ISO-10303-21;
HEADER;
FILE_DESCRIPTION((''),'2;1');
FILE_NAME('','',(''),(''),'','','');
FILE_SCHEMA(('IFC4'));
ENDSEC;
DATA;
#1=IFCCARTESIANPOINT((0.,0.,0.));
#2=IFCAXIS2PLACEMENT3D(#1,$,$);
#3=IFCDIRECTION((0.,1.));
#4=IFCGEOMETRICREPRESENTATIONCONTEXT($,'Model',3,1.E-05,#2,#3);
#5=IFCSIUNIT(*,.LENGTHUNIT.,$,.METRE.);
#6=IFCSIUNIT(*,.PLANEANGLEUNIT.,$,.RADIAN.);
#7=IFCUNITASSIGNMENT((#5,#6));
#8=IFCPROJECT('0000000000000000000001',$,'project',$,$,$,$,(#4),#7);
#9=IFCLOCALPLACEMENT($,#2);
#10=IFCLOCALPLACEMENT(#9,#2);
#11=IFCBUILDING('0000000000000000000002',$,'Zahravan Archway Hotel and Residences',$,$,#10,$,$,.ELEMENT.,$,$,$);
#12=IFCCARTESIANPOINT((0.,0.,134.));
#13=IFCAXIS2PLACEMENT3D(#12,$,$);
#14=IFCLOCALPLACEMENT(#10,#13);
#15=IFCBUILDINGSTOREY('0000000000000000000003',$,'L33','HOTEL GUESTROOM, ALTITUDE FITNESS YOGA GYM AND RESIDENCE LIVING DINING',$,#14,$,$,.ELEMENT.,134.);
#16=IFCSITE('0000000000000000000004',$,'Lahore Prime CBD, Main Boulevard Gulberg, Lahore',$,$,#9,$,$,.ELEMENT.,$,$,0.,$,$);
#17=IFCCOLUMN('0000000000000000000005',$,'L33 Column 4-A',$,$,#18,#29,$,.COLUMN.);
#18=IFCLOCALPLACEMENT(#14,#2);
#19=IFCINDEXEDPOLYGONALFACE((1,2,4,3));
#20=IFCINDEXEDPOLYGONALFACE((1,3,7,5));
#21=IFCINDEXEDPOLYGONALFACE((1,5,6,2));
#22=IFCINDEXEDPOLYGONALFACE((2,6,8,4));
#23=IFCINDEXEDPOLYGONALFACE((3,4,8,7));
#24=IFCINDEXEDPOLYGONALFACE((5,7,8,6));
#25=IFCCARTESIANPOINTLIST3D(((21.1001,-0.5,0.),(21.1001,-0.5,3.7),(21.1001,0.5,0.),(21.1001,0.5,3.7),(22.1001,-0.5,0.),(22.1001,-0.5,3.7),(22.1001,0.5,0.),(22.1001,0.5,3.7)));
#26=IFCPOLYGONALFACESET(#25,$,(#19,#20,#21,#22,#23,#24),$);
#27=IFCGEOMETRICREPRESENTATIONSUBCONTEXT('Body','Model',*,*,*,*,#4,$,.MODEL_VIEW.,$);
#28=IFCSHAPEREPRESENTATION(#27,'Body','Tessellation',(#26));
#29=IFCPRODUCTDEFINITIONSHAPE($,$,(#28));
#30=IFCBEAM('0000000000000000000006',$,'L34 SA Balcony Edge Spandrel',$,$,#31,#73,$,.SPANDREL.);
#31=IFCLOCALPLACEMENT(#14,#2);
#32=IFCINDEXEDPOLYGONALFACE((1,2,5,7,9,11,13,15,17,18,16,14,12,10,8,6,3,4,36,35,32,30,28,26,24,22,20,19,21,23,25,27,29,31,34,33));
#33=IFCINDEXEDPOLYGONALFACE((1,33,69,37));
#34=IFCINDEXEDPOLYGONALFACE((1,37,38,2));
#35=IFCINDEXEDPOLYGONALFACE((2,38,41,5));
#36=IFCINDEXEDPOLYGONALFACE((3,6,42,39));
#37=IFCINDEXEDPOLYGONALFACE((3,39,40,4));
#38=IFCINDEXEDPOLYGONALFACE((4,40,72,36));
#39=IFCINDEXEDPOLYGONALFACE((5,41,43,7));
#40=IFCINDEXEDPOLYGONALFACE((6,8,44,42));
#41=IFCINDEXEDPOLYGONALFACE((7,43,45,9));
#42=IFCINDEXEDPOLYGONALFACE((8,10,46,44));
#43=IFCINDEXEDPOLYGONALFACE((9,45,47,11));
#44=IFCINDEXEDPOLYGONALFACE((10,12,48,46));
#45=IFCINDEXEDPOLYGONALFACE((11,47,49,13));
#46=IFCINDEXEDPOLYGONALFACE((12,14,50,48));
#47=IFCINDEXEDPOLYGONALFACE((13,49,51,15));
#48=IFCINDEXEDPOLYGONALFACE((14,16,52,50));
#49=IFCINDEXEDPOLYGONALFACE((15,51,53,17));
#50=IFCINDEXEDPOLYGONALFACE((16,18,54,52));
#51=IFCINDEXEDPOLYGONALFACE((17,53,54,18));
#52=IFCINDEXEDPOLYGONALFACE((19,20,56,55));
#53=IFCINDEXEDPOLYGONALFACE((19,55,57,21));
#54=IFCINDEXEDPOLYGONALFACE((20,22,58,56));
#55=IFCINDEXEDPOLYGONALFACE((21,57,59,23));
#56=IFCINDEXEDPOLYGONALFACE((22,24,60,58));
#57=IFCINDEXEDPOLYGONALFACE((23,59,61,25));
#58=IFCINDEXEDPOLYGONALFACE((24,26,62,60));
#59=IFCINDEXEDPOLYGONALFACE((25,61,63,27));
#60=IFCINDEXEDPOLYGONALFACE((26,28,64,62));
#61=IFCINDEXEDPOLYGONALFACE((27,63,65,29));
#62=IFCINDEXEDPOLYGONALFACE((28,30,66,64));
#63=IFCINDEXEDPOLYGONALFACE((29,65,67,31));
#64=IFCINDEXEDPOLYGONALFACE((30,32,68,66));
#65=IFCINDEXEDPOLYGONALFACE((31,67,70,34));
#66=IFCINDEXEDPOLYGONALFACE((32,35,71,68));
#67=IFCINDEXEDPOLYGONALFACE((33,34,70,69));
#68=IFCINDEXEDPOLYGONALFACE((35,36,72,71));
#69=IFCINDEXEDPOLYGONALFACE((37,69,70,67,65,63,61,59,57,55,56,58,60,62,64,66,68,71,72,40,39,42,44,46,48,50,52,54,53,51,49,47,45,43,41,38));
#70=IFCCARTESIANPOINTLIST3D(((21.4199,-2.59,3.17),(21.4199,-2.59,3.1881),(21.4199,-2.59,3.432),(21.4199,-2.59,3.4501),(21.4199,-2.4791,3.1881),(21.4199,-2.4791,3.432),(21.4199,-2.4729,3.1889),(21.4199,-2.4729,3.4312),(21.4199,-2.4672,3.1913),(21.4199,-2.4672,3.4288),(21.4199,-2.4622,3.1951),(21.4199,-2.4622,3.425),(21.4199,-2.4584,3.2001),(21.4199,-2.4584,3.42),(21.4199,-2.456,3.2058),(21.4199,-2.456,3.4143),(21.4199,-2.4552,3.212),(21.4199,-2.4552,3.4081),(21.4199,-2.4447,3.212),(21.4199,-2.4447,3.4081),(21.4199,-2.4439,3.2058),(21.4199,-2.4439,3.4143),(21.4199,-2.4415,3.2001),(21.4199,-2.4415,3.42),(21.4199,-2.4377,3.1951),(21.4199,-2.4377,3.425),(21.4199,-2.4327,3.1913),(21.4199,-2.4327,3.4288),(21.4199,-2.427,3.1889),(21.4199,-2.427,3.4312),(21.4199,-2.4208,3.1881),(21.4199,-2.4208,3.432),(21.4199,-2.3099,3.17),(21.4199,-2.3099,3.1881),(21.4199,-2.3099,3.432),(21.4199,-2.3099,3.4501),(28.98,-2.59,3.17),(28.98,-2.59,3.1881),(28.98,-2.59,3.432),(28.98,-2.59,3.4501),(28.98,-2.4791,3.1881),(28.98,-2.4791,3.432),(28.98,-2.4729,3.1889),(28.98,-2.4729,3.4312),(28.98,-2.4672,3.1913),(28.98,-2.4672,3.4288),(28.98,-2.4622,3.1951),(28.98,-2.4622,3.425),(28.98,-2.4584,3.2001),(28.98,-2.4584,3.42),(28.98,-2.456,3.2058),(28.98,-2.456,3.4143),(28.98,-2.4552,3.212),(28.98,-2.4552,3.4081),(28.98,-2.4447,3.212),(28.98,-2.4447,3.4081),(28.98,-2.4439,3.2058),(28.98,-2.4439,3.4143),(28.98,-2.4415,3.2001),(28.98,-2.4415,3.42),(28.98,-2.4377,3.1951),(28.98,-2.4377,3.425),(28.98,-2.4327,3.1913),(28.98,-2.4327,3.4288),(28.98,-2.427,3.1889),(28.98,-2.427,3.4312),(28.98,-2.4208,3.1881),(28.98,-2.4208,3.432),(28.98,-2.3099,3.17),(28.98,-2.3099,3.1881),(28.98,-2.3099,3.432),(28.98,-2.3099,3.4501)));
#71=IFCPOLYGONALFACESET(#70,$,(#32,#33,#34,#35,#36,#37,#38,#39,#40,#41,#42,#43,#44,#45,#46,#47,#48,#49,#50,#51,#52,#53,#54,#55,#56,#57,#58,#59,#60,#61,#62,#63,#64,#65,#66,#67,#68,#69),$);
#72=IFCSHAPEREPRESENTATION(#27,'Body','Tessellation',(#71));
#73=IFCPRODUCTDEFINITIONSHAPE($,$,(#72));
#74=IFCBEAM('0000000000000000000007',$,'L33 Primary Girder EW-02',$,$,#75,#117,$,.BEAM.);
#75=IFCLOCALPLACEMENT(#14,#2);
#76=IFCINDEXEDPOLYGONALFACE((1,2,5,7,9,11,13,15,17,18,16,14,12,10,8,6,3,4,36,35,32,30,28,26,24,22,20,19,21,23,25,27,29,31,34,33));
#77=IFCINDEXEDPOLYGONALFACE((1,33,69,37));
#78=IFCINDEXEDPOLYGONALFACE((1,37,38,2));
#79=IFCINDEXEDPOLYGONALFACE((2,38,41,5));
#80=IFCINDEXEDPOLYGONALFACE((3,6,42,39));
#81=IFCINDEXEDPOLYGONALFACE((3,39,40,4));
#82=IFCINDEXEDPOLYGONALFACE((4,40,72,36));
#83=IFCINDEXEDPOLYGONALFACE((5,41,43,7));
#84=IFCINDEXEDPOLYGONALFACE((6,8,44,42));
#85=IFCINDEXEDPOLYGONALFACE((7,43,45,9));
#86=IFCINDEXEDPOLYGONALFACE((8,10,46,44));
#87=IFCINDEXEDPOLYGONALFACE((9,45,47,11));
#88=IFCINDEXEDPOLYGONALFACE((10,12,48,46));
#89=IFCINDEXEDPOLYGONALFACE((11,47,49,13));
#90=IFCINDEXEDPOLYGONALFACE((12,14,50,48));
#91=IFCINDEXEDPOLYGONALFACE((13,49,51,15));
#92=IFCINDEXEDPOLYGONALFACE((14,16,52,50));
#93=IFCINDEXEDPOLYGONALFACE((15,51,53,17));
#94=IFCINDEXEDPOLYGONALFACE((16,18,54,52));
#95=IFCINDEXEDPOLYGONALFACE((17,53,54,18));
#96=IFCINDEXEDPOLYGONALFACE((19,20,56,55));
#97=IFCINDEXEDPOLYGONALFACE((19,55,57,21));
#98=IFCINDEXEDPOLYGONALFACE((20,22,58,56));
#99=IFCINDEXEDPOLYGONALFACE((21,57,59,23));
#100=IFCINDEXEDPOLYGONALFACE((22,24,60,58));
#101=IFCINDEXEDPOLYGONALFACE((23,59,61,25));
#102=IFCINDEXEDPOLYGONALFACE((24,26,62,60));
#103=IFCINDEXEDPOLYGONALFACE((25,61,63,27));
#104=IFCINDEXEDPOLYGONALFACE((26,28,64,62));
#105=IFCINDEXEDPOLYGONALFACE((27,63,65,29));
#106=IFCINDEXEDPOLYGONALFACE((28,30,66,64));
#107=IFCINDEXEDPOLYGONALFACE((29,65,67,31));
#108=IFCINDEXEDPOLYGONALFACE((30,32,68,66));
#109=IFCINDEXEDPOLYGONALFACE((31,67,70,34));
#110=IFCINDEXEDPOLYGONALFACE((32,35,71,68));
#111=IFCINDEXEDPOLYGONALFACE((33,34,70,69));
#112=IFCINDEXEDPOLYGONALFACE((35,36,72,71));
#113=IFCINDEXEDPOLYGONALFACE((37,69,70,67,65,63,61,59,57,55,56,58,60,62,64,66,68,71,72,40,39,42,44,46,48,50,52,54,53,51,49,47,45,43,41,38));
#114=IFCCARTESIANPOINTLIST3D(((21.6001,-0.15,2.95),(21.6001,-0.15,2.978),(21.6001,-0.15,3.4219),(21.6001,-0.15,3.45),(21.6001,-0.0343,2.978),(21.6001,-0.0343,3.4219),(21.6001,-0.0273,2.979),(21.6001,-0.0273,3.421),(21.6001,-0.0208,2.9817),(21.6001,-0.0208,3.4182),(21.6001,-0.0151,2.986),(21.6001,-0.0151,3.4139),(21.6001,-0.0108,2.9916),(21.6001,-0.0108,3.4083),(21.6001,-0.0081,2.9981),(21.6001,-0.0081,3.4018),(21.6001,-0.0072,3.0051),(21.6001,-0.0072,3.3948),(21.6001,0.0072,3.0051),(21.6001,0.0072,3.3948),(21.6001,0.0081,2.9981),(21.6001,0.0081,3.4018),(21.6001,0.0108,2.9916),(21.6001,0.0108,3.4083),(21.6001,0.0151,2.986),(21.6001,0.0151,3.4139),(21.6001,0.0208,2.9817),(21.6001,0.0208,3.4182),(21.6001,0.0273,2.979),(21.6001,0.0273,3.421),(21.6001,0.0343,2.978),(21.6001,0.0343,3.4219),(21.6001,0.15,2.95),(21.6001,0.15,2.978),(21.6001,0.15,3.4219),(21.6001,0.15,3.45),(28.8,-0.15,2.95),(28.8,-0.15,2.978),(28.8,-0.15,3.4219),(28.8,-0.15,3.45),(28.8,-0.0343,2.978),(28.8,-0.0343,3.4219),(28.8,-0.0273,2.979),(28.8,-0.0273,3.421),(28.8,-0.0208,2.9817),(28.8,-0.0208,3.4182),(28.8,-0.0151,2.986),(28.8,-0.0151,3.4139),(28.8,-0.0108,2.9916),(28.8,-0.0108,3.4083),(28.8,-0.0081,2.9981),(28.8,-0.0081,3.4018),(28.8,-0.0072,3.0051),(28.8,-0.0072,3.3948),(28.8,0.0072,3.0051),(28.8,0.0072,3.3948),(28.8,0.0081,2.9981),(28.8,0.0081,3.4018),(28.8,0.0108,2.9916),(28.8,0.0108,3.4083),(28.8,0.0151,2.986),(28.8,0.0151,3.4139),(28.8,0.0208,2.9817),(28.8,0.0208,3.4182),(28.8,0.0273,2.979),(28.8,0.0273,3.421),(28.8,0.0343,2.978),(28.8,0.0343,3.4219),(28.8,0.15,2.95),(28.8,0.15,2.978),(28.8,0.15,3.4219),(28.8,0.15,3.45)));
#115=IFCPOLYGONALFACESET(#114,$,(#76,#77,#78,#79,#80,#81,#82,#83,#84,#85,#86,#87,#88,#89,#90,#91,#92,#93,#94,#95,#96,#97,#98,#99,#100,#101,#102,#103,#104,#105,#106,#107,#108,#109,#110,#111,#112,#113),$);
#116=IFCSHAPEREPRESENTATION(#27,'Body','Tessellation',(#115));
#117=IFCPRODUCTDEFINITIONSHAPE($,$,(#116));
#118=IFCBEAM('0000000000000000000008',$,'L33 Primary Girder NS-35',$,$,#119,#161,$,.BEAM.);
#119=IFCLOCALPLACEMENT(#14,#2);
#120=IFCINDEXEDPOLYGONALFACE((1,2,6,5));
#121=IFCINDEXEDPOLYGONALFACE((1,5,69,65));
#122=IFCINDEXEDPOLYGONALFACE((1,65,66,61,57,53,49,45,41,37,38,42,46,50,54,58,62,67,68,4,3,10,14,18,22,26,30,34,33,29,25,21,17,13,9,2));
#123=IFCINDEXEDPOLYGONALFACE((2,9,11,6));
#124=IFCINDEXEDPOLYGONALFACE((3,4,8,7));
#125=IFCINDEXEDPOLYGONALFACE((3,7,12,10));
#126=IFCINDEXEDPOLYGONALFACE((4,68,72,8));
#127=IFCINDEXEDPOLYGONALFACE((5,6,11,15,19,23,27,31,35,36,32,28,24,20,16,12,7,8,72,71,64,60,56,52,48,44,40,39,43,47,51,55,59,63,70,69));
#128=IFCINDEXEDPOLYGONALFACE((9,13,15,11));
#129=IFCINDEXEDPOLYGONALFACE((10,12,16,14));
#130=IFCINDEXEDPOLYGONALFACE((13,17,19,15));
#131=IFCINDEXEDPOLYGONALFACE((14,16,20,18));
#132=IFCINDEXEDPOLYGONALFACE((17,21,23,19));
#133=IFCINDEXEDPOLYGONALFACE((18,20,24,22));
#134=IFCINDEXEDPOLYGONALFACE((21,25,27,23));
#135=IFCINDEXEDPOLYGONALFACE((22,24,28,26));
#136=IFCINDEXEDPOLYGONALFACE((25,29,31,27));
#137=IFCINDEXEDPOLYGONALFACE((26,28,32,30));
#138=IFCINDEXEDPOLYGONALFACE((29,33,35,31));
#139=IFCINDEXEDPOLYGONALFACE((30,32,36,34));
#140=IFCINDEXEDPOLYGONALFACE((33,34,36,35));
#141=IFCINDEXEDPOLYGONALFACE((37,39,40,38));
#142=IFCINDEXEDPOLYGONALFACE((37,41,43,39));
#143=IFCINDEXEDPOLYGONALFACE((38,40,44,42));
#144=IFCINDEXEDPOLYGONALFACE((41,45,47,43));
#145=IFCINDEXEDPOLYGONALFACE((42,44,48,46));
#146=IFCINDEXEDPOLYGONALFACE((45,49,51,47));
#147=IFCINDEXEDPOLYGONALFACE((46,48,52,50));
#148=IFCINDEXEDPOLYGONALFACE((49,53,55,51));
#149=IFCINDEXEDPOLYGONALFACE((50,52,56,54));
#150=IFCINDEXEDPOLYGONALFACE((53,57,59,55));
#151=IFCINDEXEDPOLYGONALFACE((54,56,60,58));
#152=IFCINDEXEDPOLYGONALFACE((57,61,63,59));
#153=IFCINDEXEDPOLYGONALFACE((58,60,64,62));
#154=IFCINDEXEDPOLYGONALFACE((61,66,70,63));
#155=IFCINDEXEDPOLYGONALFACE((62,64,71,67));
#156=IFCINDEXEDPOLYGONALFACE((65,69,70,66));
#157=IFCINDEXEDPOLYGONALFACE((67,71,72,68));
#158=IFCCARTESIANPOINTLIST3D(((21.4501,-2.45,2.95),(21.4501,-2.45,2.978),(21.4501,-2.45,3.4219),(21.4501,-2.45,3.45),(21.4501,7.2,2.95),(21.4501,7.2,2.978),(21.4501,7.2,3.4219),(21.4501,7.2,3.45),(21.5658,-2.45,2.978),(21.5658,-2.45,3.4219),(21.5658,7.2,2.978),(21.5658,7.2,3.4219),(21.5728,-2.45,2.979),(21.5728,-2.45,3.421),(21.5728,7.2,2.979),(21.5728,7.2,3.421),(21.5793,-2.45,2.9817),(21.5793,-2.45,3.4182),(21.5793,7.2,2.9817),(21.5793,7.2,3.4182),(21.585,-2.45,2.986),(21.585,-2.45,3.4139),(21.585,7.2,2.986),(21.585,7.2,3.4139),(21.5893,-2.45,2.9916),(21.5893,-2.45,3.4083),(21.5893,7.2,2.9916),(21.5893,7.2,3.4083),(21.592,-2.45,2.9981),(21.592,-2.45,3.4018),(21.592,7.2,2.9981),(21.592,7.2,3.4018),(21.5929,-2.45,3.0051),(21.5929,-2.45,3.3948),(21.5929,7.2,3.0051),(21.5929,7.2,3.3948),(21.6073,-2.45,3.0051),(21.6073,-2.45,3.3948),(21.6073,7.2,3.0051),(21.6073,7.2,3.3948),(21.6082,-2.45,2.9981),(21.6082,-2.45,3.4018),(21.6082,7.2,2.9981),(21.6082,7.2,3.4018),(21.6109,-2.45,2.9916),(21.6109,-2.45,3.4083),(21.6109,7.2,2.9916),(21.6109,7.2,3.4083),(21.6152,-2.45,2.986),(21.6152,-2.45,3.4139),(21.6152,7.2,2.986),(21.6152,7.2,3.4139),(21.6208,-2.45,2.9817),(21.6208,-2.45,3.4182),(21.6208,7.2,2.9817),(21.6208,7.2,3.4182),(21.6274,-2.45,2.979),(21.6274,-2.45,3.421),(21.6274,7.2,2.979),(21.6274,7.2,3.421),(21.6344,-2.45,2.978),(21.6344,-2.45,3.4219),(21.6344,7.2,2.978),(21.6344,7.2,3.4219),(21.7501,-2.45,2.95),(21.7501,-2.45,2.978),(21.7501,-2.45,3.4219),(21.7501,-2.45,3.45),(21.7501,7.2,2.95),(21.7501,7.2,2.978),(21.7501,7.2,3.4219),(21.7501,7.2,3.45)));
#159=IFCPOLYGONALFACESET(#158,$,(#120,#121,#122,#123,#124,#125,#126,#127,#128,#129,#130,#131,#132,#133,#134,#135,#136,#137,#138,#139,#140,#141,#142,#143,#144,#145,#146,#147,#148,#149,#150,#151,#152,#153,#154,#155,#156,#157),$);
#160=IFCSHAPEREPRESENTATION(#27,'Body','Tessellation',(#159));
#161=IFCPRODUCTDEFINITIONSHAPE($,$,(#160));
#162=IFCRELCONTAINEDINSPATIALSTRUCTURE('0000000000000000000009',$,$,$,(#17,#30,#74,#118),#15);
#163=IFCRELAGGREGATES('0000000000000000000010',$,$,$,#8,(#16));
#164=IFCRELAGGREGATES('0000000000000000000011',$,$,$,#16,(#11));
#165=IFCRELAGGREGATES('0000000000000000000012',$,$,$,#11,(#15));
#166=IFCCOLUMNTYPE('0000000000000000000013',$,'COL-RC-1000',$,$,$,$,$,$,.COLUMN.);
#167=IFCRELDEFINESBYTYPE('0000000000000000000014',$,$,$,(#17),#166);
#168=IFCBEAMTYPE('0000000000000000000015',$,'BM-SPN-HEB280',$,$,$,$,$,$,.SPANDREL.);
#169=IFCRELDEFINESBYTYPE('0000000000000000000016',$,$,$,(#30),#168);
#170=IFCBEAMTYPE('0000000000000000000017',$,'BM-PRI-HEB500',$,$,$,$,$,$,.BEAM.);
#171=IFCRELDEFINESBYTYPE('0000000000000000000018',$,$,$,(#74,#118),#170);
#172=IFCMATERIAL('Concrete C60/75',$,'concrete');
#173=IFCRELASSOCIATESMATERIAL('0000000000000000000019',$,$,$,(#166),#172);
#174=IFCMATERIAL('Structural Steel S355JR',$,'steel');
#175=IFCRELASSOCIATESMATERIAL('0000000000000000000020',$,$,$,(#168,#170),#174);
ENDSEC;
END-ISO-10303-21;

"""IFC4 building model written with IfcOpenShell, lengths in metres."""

from ifc_helpers import new_model, si_unit, direction, frame, origin, origin_2d, place, context, subcontext, project, spatial, rectangle, i_section, extrude, source, transform, mapped, material, material_profile, profile_set, type_object, type_shapes, element, save


model = new_model("IFC4")

# Units and contexts
model_context = context("Model", 3, precision=1e-05, world=origin(), true_north=direction((0.0, 1.0)))
body_context = subcontext(model_context, "Body", "Model", "MODEL_VIEW")
ifc_project = project(units=[si_unit("LENGTHUNIT", "METRE"), si_unit("PLANEANGLEUNIT", "RADIAN")], contexts=[model_context])

# Site, building, storey
site_placement = place(None, origin())
site = spatial("IfcSite", under=ifc_project, at=site_placement, Name="Lahore Prime CBD, Main Boulevard Gulberg, Lahore", CompositionType="ELEMENT", RefElevation=0.0)
building_placement = place(site_placement, origin())
building = spatial("IfcBuilding", under=site, at=building_placement, Name="Zahravan Archway Hotel and Residences", CompositionType="ELEMENT")
storey_placement = place(building_placement, frame((0.0, 0.0, 134.0)))
storey = spatial("IfcBuildingStorey", under=building, at=storey_placement, Name="L33", Description="HOTEL GUESTROOM, ALTITUDE FITNESS YOGA GYM AND RESIDENCE LIVING DINING", CompositionType="ELEMENT", Elevation=134.0)

# Column
ifc_material_1 = material(Name="Concrete C60/75", Category="concrete")
ifc_material_profile_1 = material_profile(ifc_material_1, rectangle(XDim=1.0, YDim=1.0, at=origin_2d()), Name="RC-COL-1000x1000", Category="concrete")
ifc_profile_set_1 = profile_set([ifc_material_profile_1], Name="Concrete C60/75")
column_type = type_object("IfcColumnType", Name="COL-RC-1000", PredefinedType="COLUMN", material=ifc_profile_set_1)
shared_shape_1 = source(origin(), body_context, "Body", "SweptSolid", [
    extrude(rectangle(XDim=1.0, YDim=1.0, at=origin_2d()), origin(), (0.0, 0.0, 1.0), 3.7),
])
type_shapes(column_type, [shared_shape_1])
column_placement = place(storey_placement, frame((21.6001, 0.0, 0.0), z_axis=(0.0, 0.0, 1.0), x_axis=(1.0, 0.0, 0.0)))
element("IfcColumn", 1, at=column_placement, inside=storey, type_object=column_type, Name="L33 Column 4-A", PredefinedType="COLUMN", context=body_context, shape_type="MappedRepresentation", body=[
    mapped(shared_shape_1, transform((0.0, 0.0, 0.0), scale=1.0)),
])

# Beams
ifc_material_2 = material(Name="Structural Steel S355JR", Category="steel")
ifc_material_profile_2 = material_profile(ifc_material_2, i_section(OverallWidth=0.28, OverallDepth=0.28, WebThickness=0.0105, FlangeThickness=0.0181, FilletRadius=0.0239, at=origin_2d()), Name="HEB 280", Category="steel")
ifc_profile_set_2 = profile_set([ifc_material_profile_2], Name="Structural Steel S355JR")
beam_type_1 = type_object("IfcBeamType", Name="BM-SPN-HEB280", PredefinedType="SPANDREL", material=ifc_profile_set_2)
shared_shape_2 = source(origin(), body_context, "Body", "SweptSolid", [
    extrude(i_section(OverallWidth=0.28, OverallDepth=0.28, WebThickness=0.0105, FlangeThickness=0.0181, FilletRadius=0.0239, at=origin_2d()), origin(), (0.0, 0.0, 1.0), 7.5601),
])
type_shapes(beam_type_1, [shared_shape_2])
beam_1_placement = place(storey_placement, frame((21.4199, -2.45, 3.3101), z_axis=(1.0, 0.0, 0.0), x_axis=(0.0, 1.0, 0.0)))
element("IfcBeam", 2, at=beam_1_placement, inside=storey, type_object=beam_type_1, Name="L34 SA Balcony Edge Spandrel", PredefinedType="SPANDREL", context=body_context, shape_type="MappedRepresentation", body=[
    mapped(shared_shape_2, transform((0.0, 0.0, 0.0), scale=1.0)),
])
ifc_material_profile_3 = material_profile(ifc_material_2, i_section(OverallWidth=0.3, OverallDepth=0.5, WebThickness=0.0144, FlangeThickness=0.0281, FilletRadius=0.0271, at=origin_2d()), Name="HEB 500", Category="steel")
ifc_profile_set_3 = profile_set([ifc_material_profile_3], Name="Structural Steel S355JR")
beam_type_2 = type_object("IfcBeamType", Name="BM-PRI-HEB500", PredefinedType="BEAM", material=ifc_profile_set_3)
shared_shape_3 = source(origin(), body_context, "Body", "SweptSolid", [
    extrude(i_section(OverallWidth=0.3, OverallDepth=0.5, WebThickness=0.0144, FlangeThickness=0.0281, FilletRadius=0.0271, at=origin_2d()), origin(), (0.0, 0.0, 1.0), 7.2),
])
beam_2_placement = place(storey_placement, frame((21.6001, 0.0, 3.2), z_axis=(1.0, 0.0, 0.0), x_axis=(0.0, 1.0, 0.0)))
element("IfcBeam", 3, at=beam_2_placement, inside=storey, type_object=beam_type_2, Name="L33 Primary Girder EW-02", PredefinedType="BEAM", context=body_context, shape_type="MappedRepresentation", body=[
    mapped(shared_shape_3, transform((0.0, 0.0, 0.0), scale=1.0)),
])
shared_shape_4 = source(origin(), body_context, "Body", "SweptSolid", [
    extrude(i_section(OverallWidth=0.3, OverallDepth=0.5, WebThickness=0.0144, FlangeThickness=0.0281, FilletRadius=0.0271, at=origin_2d()), origin(), (0.0, 0.0, 1.0), 9.6499),
])
beam_3_placement = place(storey_placement, frame((21.6001, -2.45, 3.2), z_axis=(0.0, 1.0, 0.0), x_axis=(-1.0, 0.0, 0.0)))
element("IfcBeam", 4, at=beam_3_placement, inside=storey, type_object=beam_type_2, Name="L33 Primary Girder NS-35", PredefinedType="BEAM", context=body_context, shape_type="MappedRepresentation", body=[
    mapped(shared_shape_4, transform((0.0, 0.0, 0.0), scale=1.0)),
])

save(model, "model.ifc")
